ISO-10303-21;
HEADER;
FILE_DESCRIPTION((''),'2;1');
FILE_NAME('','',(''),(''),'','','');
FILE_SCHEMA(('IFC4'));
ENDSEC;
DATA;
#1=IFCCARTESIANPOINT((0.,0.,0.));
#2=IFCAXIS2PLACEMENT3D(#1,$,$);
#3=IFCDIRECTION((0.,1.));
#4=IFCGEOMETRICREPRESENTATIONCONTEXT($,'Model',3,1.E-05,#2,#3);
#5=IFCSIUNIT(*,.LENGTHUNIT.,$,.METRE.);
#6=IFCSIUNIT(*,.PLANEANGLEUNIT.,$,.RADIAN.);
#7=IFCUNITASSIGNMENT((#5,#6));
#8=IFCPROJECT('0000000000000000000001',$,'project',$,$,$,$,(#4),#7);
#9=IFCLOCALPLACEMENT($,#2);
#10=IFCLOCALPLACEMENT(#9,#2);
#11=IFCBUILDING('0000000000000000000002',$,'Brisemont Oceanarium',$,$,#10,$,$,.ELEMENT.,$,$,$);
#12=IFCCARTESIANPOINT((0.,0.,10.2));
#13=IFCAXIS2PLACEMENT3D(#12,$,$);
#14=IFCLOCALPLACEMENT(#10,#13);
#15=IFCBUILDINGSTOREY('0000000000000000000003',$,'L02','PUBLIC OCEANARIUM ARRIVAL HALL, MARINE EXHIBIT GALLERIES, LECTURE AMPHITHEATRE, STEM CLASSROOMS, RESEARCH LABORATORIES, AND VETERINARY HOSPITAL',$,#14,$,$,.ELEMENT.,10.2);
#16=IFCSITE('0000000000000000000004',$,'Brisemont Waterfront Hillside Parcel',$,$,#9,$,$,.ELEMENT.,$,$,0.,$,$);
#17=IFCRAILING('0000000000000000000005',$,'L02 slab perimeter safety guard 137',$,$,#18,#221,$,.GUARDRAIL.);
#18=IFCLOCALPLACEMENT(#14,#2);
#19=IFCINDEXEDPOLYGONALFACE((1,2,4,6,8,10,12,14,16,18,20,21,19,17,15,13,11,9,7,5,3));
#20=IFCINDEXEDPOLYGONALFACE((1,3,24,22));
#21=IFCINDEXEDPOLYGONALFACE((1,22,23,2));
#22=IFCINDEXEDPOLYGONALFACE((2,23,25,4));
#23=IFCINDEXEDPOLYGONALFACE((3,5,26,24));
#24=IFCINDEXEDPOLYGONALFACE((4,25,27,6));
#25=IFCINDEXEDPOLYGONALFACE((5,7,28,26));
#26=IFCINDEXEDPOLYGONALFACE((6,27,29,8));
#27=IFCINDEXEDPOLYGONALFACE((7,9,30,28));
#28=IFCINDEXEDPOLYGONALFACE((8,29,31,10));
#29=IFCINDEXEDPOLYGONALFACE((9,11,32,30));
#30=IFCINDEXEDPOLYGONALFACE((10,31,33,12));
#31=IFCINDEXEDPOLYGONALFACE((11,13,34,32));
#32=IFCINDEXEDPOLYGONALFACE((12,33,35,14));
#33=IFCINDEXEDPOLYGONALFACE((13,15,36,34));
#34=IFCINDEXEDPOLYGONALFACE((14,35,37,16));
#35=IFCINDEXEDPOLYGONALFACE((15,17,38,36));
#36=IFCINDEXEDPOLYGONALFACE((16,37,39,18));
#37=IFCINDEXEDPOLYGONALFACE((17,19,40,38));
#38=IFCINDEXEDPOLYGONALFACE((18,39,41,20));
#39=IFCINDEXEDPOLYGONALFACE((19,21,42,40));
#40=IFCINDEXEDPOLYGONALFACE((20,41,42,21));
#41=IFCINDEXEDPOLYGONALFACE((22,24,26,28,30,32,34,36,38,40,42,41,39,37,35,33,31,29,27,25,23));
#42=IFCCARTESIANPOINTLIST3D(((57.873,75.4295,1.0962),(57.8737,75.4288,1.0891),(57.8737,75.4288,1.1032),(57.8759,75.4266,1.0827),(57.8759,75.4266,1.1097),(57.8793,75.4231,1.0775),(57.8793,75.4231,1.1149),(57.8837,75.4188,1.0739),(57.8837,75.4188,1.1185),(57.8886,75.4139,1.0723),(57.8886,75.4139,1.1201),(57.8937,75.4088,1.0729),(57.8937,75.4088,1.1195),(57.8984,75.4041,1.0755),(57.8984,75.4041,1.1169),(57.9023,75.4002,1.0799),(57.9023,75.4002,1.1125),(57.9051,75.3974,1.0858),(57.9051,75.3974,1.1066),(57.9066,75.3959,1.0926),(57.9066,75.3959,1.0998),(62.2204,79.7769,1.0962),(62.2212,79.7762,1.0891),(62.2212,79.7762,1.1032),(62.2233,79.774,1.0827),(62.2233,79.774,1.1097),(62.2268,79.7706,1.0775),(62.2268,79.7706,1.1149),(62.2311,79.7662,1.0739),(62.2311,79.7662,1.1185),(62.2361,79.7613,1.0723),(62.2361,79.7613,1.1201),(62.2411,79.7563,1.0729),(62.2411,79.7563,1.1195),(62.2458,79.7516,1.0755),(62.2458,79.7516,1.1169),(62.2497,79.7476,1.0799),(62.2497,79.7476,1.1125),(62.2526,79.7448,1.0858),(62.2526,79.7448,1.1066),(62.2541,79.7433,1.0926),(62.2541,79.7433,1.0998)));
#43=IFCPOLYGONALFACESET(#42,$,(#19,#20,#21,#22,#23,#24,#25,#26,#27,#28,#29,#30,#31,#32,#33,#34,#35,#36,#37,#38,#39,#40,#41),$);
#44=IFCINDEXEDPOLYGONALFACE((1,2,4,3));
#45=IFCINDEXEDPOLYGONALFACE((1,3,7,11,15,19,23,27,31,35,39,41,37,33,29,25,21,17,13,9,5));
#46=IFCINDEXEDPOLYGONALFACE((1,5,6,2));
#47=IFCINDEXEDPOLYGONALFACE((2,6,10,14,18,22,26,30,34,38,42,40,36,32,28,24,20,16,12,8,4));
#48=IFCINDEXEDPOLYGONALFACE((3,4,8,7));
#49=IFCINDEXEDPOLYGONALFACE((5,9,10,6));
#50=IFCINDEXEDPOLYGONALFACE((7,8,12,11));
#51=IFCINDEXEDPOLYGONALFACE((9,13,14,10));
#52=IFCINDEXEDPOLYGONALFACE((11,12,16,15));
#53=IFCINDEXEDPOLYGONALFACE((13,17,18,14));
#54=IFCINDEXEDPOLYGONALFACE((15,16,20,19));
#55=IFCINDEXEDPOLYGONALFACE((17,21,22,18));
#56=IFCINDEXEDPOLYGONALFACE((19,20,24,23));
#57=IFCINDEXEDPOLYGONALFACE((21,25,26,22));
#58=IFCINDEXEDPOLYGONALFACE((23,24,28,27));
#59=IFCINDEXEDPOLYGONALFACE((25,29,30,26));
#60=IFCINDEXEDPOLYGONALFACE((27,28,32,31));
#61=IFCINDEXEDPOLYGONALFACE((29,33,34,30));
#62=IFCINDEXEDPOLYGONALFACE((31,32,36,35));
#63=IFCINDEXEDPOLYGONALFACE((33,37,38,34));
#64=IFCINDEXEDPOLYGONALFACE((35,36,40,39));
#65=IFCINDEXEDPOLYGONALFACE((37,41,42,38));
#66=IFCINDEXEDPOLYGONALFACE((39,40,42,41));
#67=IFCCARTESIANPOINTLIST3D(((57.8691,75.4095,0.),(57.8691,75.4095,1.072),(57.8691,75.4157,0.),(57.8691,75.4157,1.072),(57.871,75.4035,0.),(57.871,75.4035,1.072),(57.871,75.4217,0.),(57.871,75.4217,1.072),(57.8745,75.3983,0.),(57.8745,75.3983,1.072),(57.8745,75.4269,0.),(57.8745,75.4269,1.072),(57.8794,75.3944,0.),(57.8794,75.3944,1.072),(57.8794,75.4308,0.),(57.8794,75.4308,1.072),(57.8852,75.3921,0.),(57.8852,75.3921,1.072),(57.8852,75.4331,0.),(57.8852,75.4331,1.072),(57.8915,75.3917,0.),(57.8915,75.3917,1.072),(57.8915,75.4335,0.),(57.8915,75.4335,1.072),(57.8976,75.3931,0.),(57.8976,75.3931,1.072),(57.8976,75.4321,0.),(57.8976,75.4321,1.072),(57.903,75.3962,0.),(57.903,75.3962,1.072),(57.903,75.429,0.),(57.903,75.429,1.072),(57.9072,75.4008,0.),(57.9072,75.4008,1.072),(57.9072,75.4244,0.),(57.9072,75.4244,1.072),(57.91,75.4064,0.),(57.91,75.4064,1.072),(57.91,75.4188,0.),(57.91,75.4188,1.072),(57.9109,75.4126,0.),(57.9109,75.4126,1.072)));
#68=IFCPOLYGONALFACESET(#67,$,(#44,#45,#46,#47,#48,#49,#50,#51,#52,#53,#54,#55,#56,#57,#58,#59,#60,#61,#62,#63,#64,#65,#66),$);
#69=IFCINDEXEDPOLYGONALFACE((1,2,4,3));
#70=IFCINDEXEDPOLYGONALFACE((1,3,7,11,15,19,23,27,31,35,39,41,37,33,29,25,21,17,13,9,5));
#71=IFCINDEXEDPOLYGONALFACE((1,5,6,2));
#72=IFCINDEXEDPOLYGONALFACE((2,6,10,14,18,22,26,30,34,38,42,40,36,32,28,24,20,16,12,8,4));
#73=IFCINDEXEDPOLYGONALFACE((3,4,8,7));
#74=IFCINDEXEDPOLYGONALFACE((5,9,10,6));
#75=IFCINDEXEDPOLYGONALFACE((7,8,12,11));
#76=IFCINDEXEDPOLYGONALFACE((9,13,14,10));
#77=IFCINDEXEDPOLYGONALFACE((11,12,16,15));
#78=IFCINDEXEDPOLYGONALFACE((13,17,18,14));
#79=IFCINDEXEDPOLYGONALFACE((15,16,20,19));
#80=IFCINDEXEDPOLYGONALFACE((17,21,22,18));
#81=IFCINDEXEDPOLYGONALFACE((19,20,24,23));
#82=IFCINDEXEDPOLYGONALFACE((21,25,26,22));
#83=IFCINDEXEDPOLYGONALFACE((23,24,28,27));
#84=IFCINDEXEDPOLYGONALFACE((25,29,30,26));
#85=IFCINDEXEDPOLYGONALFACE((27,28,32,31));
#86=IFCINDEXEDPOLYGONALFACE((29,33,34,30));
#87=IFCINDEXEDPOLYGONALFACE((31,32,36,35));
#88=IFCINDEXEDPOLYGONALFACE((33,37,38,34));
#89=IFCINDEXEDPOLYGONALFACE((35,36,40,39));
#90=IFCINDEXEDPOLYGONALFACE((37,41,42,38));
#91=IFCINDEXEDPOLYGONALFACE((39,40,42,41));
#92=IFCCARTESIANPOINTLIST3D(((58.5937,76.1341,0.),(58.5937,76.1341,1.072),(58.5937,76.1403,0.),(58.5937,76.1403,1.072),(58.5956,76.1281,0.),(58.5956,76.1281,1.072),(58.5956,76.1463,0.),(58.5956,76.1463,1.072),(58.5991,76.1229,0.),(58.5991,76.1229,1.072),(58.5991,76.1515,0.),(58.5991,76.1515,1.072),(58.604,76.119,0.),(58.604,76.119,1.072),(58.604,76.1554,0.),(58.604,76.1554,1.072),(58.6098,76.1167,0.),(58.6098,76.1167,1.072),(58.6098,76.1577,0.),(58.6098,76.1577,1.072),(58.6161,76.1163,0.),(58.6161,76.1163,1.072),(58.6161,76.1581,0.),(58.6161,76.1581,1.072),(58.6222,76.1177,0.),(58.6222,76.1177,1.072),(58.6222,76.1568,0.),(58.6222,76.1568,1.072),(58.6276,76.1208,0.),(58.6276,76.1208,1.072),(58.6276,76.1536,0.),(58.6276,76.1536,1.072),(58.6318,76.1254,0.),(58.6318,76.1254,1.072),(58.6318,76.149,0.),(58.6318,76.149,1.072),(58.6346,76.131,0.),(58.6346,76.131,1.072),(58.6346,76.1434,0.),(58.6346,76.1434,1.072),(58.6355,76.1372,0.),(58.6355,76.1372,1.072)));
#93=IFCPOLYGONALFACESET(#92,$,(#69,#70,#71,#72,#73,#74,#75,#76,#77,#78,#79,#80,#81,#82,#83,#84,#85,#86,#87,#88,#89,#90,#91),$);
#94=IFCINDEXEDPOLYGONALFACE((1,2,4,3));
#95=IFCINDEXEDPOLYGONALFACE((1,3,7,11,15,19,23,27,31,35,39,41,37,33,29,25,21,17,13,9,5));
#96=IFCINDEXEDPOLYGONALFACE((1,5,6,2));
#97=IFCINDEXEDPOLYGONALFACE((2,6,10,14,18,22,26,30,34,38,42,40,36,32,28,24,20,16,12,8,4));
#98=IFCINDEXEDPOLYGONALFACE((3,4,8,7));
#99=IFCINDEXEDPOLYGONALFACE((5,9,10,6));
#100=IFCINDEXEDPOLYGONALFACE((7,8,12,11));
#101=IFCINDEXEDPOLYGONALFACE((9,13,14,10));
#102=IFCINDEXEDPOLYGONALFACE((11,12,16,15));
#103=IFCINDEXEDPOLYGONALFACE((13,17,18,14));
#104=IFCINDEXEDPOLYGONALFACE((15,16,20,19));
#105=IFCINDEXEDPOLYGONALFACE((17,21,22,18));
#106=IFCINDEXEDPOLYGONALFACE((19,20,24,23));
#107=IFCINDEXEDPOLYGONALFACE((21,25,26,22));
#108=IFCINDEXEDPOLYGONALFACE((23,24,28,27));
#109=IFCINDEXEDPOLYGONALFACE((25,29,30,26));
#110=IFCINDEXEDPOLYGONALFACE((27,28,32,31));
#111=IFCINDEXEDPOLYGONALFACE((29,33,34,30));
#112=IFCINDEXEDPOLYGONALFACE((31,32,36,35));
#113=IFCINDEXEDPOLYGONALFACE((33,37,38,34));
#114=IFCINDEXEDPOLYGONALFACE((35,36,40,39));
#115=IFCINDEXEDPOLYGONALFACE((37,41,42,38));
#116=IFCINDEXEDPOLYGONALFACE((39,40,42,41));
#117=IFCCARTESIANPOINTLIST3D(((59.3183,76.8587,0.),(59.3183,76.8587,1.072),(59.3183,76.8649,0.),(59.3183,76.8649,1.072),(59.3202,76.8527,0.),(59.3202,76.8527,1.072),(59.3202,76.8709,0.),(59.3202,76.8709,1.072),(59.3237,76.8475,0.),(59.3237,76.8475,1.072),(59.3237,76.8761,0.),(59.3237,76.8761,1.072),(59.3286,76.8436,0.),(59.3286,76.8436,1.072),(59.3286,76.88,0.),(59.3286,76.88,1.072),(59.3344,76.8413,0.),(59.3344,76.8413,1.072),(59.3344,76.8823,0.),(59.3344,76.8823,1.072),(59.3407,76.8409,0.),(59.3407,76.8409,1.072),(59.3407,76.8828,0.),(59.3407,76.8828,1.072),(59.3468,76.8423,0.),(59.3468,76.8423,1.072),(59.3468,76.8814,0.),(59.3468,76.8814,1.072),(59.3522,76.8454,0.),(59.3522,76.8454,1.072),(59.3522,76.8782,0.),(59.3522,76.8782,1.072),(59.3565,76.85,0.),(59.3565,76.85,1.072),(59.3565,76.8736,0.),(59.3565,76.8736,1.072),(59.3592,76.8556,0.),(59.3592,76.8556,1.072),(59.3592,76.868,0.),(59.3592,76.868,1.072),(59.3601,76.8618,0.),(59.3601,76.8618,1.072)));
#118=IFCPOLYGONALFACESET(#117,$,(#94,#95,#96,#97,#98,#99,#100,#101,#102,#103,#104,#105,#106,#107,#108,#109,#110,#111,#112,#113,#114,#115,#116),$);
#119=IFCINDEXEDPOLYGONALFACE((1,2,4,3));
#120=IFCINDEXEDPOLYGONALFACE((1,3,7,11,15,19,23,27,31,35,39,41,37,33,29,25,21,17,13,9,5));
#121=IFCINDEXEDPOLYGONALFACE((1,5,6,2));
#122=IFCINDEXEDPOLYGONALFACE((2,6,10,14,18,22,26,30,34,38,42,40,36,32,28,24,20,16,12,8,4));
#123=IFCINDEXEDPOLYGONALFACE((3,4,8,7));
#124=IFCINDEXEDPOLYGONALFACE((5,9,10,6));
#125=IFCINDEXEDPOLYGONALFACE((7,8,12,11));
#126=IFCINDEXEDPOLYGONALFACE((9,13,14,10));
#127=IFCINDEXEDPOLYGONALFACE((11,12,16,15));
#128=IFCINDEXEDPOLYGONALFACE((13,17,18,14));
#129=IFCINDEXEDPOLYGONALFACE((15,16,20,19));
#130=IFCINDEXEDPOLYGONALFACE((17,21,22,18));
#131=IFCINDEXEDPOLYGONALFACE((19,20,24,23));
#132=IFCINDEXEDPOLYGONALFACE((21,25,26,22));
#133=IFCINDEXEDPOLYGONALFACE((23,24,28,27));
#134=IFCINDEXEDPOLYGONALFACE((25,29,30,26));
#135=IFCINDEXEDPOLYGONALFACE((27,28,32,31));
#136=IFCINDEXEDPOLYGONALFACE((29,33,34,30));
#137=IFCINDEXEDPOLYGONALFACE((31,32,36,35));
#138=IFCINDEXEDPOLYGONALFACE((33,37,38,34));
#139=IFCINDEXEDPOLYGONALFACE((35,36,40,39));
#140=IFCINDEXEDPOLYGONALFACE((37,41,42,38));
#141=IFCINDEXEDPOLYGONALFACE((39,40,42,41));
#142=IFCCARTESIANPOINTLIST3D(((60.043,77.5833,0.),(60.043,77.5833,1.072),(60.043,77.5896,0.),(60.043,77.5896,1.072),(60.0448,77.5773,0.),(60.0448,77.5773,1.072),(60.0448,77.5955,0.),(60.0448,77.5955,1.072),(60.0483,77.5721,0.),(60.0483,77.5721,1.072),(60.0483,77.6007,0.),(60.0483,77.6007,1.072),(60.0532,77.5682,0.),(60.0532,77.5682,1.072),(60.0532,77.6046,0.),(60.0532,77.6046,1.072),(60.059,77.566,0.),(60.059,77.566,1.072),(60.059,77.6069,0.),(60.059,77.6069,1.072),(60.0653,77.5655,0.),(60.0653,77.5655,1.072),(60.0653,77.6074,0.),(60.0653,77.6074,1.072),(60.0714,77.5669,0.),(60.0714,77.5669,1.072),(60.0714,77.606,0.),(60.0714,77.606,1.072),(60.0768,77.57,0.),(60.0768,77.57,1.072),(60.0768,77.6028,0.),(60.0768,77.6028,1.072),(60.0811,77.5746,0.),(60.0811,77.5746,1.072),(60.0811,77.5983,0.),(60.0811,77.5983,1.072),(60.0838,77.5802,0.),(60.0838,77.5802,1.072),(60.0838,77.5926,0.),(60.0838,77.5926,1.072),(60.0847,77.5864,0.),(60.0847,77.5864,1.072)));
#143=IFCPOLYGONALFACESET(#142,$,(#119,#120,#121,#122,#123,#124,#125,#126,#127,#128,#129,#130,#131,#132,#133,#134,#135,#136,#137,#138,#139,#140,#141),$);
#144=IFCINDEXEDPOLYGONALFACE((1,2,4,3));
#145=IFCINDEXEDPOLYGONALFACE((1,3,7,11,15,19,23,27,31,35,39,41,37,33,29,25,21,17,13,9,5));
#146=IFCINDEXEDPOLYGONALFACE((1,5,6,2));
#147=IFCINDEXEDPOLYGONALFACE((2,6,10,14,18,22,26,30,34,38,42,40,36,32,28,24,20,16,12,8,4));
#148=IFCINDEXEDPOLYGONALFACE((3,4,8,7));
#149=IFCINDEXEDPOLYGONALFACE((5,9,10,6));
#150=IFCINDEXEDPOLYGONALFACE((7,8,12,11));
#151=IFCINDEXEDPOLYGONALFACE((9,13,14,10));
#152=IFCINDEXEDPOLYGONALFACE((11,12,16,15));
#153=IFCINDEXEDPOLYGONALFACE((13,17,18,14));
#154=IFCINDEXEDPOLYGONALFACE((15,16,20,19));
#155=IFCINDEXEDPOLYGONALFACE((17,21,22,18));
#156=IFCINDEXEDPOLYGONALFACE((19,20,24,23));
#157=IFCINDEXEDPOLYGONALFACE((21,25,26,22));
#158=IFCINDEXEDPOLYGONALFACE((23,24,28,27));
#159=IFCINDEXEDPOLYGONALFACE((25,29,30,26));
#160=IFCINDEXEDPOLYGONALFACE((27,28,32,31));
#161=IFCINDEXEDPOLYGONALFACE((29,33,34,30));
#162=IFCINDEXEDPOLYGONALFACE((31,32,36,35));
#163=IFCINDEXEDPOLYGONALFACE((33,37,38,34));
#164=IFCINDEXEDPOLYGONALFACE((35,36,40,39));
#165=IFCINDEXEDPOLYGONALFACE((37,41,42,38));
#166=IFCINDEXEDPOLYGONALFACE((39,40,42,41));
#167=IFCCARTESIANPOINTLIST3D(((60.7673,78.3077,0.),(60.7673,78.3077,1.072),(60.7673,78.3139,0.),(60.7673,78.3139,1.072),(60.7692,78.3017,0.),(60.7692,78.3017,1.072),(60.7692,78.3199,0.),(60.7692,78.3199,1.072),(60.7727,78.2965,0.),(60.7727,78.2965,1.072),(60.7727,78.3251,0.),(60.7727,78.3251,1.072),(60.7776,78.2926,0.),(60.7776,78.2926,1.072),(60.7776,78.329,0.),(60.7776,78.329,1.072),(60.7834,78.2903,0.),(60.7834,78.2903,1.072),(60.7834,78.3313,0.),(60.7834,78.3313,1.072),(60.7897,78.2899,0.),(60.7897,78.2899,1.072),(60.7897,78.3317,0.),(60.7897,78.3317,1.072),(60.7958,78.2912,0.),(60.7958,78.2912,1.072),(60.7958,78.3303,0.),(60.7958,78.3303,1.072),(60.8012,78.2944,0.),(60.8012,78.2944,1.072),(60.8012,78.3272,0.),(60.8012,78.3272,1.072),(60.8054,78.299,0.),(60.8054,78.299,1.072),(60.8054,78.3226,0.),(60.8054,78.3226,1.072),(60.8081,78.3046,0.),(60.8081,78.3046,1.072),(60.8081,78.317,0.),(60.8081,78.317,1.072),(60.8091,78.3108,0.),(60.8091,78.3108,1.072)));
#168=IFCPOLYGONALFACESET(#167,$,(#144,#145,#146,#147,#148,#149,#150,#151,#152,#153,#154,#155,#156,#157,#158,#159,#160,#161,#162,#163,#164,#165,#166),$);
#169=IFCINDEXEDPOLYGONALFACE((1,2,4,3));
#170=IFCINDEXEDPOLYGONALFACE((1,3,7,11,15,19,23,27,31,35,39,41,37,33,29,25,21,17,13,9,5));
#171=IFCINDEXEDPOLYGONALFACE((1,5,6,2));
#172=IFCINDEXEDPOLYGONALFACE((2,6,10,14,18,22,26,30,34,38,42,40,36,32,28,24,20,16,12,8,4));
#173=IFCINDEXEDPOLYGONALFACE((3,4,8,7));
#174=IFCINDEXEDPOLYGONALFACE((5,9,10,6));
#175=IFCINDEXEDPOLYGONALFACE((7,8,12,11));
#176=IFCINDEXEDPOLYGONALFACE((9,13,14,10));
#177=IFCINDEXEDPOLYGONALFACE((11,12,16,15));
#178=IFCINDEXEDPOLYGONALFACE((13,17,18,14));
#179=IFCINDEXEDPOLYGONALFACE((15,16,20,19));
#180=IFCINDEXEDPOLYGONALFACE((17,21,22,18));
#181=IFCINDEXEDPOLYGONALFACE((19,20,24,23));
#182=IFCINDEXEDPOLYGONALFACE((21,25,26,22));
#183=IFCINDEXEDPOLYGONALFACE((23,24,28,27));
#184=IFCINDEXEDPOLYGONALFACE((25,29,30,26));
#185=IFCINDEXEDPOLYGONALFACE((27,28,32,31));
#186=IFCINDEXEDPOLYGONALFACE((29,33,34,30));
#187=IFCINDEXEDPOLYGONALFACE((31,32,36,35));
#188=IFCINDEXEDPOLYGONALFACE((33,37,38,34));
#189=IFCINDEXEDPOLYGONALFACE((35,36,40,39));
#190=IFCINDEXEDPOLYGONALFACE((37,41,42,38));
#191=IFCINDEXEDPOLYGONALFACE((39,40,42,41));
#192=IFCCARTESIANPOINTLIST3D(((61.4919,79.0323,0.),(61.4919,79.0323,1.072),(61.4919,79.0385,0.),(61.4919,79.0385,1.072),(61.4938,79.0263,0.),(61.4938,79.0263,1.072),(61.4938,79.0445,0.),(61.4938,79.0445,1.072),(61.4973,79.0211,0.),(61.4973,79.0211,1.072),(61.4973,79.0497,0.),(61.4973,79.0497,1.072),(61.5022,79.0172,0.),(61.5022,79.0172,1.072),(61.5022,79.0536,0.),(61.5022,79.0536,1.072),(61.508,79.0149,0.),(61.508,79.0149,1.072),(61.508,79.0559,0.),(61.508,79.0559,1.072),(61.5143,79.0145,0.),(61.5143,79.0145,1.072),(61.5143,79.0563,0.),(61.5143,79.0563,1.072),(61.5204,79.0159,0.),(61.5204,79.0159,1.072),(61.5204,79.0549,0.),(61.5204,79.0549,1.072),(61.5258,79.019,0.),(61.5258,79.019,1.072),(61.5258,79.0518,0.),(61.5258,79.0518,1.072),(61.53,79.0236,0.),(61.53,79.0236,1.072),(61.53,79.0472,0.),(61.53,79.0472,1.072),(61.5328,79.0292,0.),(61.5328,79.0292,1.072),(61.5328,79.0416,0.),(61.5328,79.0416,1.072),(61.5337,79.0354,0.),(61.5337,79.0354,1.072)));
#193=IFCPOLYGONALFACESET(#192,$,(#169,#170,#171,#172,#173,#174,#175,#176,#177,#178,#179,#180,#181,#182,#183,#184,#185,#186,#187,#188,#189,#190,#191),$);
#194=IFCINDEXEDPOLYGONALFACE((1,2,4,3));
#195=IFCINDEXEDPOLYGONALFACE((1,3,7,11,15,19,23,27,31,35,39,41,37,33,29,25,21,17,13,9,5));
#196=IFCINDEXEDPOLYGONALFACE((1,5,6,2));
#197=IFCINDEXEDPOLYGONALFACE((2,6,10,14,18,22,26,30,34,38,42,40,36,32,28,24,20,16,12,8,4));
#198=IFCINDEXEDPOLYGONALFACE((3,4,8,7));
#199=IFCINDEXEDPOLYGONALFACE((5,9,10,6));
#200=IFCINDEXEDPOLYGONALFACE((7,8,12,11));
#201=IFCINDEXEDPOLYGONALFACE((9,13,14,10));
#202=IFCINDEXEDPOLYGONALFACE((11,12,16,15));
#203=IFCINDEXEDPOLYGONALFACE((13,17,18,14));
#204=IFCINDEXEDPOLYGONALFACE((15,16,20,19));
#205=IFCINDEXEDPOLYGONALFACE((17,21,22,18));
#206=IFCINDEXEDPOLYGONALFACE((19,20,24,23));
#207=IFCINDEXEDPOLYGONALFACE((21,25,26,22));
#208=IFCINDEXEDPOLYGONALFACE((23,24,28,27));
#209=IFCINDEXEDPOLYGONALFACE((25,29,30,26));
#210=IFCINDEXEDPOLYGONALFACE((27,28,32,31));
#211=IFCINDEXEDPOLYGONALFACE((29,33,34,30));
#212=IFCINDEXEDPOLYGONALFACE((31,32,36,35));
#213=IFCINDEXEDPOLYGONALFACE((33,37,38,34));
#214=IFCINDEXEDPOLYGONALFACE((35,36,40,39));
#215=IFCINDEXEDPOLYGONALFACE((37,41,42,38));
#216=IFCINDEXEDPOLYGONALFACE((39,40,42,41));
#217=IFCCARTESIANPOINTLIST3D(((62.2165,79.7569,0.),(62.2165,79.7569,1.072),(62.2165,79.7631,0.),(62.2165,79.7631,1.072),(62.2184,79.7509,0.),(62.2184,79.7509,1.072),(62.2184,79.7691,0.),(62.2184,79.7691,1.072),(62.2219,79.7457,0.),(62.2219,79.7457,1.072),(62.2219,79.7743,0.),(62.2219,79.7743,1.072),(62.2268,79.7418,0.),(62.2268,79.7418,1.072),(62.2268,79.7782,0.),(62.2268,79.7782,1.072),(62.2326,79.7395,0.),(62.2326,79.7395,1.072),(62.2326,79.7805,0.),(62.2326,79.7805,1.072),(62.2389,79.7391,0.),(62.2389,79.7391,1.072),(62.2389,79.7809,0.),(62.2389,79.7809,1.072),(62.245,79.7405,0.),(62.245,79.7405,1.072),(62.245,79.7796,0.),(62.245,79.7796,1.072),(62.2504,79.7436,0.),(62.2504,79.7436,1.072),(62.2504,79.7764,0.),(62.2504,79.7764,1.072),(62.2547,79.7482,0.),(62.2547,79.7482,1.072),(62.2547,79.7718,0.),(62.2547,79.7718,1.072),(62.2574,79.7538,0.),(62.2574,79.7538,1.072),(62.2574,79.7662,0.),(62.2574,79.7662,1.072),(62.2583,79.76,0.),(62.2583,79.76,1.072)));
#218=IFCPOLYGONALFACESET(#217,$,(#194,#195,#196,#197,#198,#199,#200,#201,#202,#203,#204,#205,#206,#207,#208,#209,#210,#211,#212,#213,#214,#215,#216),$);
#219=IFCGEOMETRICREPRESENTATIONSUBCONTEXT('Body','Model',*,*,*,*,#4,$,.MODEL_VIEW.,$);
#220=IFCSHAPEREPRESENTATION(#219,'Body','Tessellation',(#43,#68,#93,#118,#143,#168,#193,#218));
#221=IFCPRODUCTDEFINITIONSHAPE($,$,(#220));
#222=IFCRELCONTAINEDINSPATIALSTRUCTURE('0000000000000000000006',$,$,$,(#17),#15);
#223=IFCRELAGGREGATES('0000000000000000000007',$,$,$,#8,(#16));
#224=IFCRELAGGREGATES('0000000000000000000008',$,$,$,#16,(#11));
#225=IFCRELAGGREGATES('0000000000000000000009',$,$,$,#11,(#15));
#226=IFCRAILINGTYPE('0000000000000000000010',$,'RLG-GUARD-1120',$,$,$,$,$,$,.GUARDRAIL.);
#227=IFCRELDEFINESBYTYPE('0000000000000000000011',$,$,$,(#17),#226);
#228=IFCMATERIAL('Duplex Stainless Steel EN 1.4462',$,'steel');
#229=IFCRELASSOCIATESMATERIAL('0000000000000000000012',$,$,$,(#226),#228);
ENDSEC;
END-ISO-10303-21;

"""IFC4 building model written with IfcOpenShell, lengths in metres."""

from ifc_helpers import new_model, si_unit, direction, frame, origin, origin_2d, place, context, subcontext, project, spatial, circle, extrude, material, type_object, element, save


model = new_model("IFC4")

# Units and contexts
model_context = context("Model", 3, precision=1e-05, world=origin(), true_north=direction((0.0, 1.0)))
body_context = subcontext(model_context, "Body", "Model", "MODEL_VIEW")
ifc_project = project(units=[si_unit("LENGTHUNIT", "METRE"), si_unit("PLANEANGLEUNIT", "RADIAN")], contexts=[model_context])

# Site, building, storey
site_placement = place(None, origin())
site = spatial("IfcSite", under=ifc_project, at=site_placement, Name="Brisemont Waterfront Hillside Parcel", CompositionType="ELEMENT", RefElevation=0.0)
building_placement = place(site_placement, origin())
building = spatial("IfcBuilding", under=site, at=building_placement, Name="Brisemont Oceanarium", CompositionType="ELEMENT")
storey_placement = place(building_placement, frame((0.0, 0.0, 10.2)))
storey = spatial("IfcBuildingStorey", under=building, at=storey_placement, Name="L02", Description="PUBLIC OCEANARIUM ARRIVAL HALL, MARINE EXHIBIT GALLERIES, LECTURE AMPHITHEATRE, STEM CLASSROOMS, RESEARCH LABORATORIES, AND VETERINARY HOSPITAL", CompositionType="ELEMENT", Elevation=10.2)

# Railing
ifc_material_1 = material(Name="Duplex Stainless Steel EN 1.4462", Category="steel")
railing_type = type_object("IfcRailingType", Name="RLG-GUARD-1120", PredefinedType="GUARDRAIL", material=ifc_material_1)
railing_1_placement = place(storey_placement, frame((57.8899, 75.4126, 0.0)))
element("IfcRailing", 1, at=railing_1_placement, inside=storey, type_object=railing_type, Name="L02 slab perimeter safety guard 137", PredefinedType="GUARDRAIL", context=body_context, shape_type="SweptSolid", body=[
    extrude(circle(Radius=0.0239, at=origin_2d()), frame((0.0, 0.0, 1.0962), z_axis=(0.707107, 0.707107, 0.0), x_axis=(-0.707107, 0.707107, 0.0)), (0.0, 0.0, 1.0), 6.1482),
    extrude(circle(Radius=0.021, at=origin_2d()), origin(), (0.0, 0.0, 1.0), 1.072),
    extrude(circle(Radius=0.021, at=origin_2d()), frame((0.7246, 0.7246, 0.0)), (0.0, 0.0, 1.0), 1.072),
    extrude(circle(Radius=0.021, at=origin_2d()), frame((1.4492, 1.4492, 0.0)), (0.0, 0.0, 1.0), 1.072),
    extrude(circle(Radius=0.021, at=origin_2d()), frame((2.1738, 2.1738, 0.0)), (0.0, 0.0, 1.0), 1.072),
    extrude(circle(Radius=0.021, at=origin_2d()), frame((2.8982, 2.8982, 0.0)), (0.0, 0.0, 1.0), 1.072),
    extrude(circle(Radius=0.021, at=origin_2d()), frame((3.6228, 3.6228, 0.0)), (0.0, 0.0, 1.0), 1.072),
    extrude(circle(Radius=0.021, at=origin_2d()), frame((4.3474, 4.3474, 0.0)), (0.0, 0.0, 1.0), 1.072),
])

save(model, "model.ifc")
